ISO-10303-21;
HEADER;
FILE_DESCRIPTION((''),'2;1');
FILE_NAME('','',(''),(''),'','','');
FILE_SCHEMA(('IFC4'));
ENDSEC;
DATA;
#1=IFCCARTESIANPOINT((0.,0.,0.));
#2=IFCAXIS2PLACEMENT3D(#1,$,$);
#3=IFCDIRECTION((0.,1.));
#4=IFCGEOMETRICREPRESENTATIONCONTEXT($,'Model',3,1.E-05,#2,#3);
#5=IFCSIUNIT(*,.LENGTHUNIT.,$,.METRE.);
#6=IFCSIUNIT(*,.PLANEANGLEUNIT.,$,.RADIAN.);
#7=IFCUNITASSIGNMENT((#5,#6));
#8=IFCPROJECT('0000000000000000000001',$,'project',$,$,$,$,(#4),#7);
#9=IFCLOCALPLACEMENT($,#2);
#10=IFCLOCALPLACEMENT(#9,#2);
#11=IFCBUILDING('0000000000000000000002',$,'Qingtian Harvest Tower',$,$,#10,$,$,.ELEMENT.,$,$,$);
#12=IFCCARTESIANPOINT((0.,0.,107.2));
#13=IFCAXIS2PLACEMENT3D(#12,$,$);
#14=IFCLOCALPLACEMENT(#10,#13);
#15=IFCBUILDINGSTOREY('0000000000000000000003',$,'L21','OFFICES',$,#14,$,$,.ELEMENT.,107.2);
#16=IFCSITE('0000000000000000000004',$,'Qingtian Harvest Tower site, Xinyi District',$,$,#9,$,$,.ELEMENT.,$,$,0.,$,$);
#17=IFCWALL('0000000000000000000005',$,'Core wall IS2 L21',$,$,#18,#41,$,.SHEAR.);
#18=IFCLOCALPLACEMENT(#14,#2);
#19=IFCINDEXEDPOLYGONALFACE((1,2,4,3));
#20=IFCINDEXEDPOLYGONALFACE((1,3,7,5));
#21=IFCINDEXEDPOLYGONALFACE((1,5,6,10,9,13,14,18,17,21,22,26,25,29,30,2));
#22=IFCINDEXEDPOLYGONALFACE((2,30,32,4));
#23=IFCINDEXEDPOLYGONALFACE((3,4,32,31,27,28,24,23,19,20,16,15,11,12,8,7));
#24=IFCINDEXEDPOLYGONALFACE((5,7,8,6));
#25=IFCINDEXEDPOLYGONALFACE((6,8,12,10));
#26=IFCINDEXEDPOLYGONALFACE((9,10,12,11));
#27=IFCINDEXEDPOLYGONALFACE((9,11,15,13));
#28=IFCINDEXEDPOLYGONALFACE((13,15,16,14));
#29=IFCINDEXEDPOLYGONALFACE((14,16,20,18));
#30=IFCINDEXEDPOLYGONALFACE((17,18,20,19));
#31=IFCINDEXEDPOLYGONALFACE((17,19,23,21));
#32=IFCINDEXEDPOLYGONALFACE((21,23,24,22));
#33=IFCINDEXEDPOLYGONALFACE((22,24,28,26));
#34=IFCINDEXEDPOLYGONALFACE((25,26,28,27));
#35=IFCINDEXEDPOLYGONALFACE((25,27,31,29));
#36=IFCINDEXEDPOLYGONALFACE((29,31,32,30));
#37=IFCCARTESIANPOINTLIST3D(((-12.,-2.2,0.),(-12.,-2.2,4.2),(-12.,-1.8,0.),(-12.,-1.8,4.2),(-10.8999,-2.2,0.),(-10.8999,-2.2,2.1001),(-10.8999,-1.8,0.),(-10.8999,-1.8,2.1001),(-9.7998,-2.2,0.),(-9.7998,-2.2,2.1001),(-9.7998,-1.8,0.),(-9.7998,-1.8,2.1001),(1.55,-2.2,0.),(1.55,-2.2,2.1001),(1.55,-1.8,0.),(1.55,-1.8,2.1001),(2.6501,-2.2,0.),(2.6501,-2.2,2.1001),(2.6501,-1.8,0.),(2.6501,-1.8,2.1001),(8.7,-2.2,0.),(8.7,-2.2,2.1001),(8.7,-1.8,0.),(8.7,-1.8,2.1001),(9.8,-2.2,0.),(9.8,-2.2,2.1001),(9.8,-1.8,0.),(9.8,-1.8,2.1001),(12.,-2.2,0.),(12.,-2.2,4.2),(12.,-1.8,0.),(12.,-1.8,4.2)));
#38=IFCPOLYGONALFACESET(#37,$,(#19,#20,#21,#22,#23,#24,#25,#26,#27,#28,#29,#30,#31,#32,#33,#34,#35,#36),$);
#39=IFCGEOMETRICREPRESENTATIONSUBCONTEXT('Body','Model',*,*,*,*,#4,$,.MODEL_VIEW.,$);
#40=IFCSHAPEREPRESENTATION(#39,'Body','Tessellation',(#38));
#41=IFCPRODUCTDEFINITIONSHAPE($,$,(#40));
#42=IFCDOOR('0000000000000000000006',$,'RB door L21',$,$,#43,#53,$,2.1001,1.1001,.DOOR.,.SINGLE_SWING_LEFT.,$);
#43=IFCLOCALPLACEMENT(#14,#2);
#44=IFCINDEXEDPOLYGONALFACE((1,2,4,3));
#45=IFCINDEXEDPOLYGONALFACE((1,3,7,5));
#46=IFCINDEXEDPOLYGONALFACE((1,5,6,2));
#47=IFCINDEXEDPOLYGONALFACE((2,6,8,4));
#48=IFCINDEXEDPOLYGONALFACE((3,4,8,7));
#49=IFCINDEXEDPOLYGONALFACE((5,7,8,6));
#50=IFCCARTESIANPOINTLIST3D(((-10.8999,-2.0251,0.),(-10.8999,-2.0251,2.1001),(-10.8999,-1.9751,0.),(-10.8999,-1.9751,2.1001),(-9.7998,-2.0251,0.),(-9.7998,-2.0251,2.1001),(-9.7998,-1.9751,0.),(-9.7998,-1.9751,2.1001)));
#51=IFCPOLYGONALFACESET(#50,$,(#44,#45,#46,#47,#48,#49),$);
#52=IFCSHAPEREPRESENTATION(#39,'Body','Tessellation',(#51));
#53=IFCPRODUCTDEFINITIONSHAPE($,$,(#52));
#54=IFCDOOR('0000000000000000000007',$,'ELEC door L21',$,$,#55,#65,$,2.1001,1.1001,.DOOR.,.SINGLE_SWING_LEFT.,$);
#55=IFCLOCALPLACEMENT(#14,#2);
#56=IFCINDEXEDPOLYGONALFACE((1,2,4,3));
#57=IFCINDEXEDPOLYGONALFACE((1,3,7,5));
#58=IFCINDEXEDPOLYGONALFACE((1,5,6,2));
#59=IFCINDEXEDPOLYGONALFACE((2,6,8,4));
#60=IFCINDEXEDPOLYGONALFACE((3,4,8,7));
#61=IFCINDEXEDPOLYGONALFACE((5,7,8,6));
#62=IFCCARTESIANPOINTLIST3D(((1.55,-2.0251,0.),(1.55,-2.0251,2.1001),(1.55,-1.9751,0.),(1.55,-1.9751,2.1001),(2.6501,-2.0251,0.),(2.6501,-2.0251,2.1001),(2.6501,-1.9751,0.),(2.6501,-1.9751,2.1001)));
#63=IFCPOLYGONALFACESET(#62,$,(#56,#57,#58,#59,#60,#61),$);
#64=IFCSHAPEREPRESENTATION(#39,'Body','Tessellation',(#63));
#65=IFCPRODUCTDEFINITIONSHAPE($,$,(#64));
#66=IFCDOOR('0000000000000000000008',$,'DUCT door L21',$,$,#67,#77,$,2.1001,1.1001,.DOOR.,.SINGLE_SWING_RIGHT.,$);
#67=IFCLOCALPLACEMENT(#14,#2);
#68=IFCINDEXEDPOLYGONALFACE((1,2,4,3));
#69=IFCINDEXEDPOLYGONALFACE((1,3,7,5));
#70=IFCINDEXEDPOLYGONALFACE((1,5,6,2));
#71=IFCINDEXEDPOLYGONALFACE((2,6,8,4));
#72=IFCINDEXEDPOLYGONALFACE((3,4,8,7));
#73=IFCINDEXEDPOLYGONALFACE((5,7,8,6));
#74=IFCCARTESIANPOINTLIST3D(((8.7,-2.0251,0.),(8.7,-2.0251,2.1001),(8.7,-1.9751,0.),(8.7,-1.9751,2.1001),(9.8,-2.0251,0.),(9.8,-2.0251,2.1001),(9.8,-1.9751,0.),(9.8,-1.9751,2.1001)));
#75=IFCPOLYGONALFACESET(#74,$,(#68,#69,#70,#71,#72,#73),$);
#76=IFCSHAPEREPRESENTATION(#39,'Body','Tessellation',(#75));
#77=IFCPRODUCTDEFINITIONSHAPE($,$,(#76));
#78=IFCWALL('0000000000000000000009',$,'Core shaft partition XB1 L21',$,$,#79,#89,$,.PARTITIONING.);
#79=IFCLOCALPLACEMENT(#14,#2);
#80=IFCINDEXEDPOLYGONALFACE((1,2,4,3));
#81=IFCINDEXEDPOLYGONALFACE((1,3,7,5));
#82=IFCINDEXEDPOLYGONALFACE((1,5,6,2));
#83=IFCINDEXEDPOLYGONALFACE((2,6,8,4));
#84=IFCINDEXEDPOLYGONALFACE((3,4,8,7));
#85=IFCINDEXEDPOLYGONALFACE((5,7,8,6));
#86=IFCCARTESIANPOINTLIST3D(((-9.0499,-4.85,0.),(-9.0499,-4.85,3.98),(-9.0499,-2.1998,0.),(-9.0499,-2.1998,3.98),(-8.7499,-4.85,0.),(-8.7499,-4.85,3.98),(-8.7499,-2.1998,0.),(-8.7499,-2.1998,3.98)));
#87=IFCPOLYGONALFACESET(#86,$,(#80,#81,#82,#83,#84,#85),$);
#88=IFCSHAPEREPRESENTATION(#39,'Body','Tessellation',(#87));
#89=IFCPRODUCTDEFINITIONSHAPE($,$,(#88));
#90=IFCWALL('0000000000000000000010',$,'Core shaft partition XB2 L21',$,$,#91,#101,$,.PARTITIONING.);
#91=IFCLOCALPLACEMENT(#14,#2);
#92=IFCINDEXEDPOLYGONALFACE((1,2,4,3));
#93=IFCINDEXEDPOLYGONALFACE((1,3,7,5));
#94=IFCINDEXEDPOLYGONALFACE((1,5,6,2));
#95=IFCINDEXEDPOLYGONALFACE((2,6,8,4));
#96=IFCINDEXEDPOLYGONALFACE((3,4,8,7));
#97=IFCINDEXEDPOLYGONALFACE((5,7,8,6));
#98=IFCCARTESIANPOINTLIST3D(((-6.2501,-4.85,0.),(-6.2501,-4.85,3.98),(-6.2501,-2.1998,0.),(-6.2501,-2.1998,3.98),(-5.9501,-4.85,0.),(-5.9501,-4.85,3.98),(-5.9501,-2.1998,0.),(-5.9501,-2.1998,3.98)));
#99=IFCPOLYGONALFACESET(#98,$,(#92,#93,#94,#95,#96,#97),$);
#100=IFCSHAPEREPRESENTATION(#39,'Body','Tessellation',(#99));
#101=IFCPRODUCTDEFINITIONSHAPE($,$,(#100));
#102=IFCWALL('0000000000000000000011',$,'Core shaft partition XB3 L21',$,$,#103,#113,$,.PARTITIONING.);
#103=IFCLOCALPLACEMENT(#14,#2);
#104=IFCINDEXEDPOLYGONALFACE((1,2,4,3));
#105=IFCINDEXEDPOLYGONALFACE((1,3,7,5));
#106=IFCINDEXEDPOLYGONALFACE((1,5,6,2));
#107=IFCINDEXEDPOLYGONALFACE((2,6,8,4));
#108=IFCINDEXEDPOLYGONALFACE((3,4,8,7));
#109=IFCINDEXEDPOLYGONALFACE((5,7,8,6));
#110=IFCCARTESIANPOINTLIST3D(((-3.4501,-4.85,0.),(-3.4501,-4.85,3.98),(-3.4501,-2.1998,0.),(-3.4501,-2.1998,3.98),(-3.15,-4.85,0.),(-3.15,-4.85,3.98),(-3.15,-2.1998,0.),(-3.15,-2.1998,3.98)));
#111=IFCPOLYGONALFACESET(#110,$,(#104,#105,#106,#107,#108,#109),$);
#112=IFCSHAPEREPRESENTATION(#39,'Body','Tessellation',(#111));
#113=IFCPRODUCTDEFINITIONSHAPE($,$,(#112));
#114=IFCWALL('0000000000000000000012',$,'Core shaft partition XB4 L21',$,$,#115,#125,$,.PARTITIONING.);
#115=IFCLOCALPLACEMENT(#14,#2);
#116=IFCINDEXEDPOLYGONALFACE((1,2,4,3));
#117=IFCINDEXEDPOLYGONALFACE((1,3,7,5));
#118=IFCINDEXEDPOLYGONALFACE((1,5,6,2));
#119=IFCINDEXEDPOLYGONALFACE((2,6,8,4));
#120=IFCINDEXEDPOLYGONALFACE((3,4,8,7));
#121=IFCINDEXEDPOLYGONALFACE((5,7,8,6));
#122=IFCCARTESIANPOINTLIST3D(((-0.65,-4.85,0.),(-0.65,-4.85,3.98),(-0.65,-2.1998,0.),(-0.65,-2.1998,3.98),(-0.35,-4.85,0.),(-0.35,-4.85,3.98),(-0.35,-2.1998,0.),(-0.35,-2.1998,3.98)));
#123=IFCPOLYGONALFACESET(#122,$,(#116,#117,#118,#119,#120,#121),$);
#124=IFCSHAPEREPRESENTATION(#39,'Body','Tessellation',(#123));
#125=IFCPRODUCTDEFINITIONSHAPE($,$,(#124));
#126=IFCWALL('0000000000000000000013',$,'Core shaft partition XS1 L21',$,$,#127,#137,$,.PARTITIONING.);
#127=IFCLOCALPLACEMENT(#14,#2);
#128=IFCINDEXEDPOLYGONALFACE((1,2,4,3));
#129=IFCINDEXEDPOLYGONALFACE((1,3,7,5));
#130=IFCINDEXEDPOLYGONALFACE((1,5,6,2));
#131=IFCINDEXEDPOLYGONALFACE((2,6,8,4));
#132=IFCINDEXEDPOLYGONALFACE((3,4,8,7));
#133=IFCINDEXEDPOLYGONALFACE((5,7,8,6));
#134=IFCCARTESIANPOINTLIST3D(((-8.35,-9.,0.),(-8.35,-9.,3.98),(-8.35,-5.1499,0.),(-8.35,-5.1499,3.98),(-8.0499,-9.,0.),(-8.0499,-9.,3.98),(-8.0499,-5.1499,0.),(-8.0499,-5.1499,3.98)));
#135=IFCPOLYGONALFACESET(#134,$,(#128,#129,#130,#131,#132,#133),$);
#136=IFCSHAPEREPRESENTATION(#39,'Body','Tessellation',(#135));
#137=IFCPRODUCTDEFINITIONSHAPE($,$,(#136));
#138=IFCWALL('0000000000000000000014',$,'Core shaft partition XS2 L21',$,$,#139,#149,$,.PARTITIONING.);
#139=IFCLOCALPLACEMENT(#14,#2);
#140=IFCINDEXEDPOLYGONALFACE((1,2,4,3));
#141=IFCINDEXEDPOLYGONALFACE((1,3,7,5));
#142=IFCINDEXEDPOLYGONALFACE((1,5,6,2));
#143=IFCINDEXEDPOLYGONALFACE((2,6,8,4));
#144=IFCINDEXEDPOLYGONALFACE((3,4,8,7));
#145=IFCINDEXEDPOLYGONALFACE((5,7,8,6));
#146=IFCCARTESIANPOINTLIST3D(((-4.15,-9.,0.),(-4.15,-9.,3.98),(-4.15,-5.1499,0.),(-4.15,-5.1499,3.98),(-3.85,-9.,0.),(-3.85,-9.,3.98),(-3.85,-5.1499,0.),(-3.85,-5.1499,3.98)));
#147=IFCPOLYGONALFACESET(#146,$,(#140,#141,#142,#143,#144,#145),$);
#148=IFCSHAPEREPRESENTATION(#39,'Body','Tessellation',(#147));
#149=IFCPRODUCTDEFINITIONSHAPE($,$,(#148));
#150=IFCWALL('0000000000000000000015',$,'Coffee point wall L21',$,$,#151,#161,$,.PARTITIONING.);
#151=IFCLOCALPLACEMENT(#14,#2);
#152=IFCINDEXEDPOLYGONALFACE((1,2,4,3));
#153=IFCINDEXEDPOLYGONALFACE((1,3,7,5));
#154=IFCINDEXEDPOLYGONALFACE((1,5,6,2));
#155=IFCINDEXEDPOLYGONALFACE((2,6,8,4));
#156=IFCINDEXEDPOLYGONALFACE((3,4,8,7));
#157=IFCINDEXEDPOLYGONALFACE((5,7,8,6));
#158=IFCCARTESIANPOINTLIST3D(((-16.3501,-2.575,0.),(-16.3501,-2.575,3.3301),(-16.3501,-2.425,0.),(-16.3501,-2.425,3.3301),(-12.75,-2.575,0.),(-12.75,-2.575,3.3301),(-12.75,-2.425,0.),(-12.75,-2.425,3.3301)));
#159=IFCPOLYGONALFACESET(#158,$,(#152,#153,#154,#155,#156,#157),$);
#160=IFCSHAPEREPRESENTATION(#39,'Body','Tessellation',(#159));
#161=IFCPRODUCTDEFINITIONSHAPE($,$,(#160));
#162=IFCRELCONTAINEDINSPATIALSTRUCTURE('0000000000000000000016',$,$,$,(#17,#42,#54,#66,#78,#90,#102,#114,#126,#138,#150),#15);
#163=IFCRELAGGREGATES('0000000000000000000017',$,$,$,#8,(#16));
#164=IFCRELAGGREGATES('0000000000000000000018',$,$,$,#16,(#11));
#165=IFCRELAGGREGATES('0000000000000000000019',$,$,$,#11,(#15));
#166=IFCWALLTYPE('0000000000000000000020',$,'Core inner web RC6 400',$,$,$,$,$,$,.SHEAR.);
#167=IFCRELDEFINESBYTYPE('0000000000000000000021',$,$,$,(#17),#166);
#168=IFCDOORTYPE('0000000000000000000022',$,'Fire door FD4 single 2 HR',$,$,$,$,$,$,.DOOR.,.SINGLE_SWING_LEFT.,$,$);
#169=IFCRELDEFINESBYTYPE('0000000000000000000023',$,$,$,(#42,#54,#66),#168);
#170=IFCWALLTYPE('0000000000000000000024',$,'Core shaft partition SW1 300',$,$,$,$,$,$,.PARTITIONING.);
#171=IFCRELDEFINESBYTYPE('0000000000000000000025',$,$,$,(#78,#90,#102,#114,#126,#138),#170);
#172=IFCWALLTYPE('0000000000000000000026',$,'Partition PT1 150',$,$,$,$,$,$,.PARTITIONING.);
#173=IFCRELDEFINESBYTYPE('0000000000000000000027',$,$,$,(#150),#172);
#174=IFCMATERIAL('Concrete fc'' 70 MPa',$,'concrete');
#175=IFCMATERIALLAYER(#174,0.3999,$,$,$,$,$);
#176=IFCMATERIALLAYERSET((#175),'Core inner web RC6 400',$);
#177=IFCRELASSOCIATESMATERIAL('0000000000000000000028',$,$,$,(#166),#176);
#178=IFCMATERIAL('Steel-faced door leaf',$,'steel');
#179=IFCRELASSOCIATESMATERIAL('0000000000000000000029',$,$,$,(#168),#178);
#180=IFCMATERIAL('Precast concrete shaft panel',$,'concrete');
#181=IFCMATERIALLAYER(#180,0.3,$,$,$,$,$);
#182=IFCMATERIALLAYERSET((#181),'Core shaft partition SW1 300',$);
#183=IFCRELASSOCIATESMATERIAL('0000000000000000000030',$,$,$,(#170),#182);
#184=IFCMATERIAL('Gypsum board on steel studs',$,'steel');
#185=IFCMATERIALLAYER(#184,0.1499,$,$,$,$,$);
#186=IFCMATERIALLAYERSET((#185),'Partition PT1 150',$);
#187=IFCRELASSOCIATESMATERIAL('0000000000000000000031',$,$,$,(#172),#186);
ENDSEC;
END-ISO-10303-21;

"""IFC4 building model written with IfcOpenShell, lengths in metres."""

from ifc_helpers import new_model, si_unit, direction, frame, frame_2d, origin, place, context, subcontext, project, spatial, rectangle, extrude, material, layer, layer_set, type_object, element, fill, save


model = new_model("IFC4")

# Units and contexts
model_context = context("Model", 3, precision=1e-05, world=origin(), true_north=direction((0.0, 1.0)))
body_context = subcontext(model_context, "Body", "Model", "MODEL_VIEW")
ifc_project = project(units=[si_unit("LENGTHUNIT", "METRE"), si_unit("PLANEANGLEUNIT", "RADIAN")], contexts=[model_context])

# Site, building, storey
site_placement = place(None, origin())
site = spatial("IfcSite", under=ifc_project, at=site_placement, Name="Qingtian Harvest Tower site, Xinyi District", CompositionType="ELEMENT", RefElevation=0.0)
building_placement = place(site_placement, origin())
building = spatial("IfcBuilding", under=site, at=building_placement, Name="Qingtian Harvest Tower", CompositionType="ELEMENT")
storey_placement = place(building_placement, frame((0.0, 0.0, 107.2)))
storey = spatial("IfcBuildingStorey", under=building, at=storey_placement, Name="L21", Description="OFFICES", CompositionType="ELEMENT", Elevation=107.2)

# Wall, openings, doors
ifc_material_1 = material(Name="Concrete fc' 70 MPa", Category="concrete")
ifc_layer_1 = layer(ifc_material_1, 0.3999)
ifc_layer_set_1 = layer_set([ifc_layer_1], Name="Core inner web RC6 400")
wall_type_1 = type_object("IfcWallType", Name="Core inner web RC6 400", PredefinedType="SHEAR", material=ifc_layer_set_1)
wall_1_placement = place(storey_placement, frame((-12.0, -2.0, 0.0), z_axis=(0.0, 0.0, 1.0), x_axis=(1.0, 0.0, 0.0)))
wall_1 = element("IfcWall", 1, at=wall_1_placement, inside=storey, type_object=wall_type_1, Name="Core wall IS2 L21", PredefinedType="SHEAR", context=body_context, shape_type="SweptSolid", body=[
    extrude(rectangle(XDim=24.0, YDim=0.3999, at=frame_2d((12.0, 0.0))), origin(), (0.0, 0.0, 1.0), 4.2),
])
opening_1_placement = place(wall_1_placement, frame((1.1001, 0.0, 0.0)))
opening_1 = element("IfcOpeningElement", 2, at=opening_1_placement, cuts=wall_1, PredefinedType="OPENING", context=body_context, shape_type="SweptSolid", body=[
    extrude(rectangle(XDim=1.1001, YDim=2.1001, at=frame_2d((0.55, 1.05))), frame((0.0, 0.21, 0.0), z_axis=(0.0, -1.0, 0.0), x_axis=(1.0, 0.0, 0.0)), (0.0, 0.0, 1.0), 0.4199),
])
opening_2_placement = place(wall_1_placement, frame((13.55, 0.0, 0.0)))
opening_2 = element("IfcOpeningElement", 3, at=opening_2_placement, cuts=wall_1, PredefinedType="OPENING", context=body_context, shape_type="SweptSolid", body=[
    extrude(rectangle(XDim=1.1001, YDim=2.1001, at=frame_2d((0.55, 1.05))), frame((0.0, 0.21, 0.0), z_axis=(0.0, -1.0, 0.0), x_axis=(1.0, 0.0, 0.0)), (0.0, 0.0, 1.0), 0.4199),
])
opening_3_placement = place(wall_1_placement, frame((20.7, 0.0, 0.0)))
opening_3 = element("IfcOpeningElement", 4, at=opening_3_placement, cuts=wall_1, PredefinedType="OPENING", context=body_context, shape_type="SweptSolid", body=[
    extrude(rectangle(XDim=1.1001, YDim=2.1001, at=frame_2d((0.55, 1.05))), frame((0.0, 0.21, 0.0), z_axis=(0.0, -1.0, 0.0), x_axis=(1.0, 0.0, 0.0)), (0.0, 0.0, 1.0), 0.4199),
])
ifc_material_2 = material(Name="Steel-faced door leaf", Category="steel")
door_type_1 = type_object("IfcDoorType", Name="Fire door FD4 single 2 HR", OperationType="SINGLE_SWING_LEFT", PredefinedType="DOOR", material=ifc_material_2)
door_1_placement = place(opening_1_placement, origin())
door_1 = element("IfcDoor", 5, at=door_1_placement, inside=storey, type_object=door_type_1, Name="RB door L21", OperationType="SINGLE_SWING_LEFT", OverallHeight=2.1001, OverallWidth=1.1001, PredefinedType="DOOR", context=body_context, shape_type="SweptSolid", body=[
    extrude(rectangle(XDim=1.1001, YDim=2.1001, at=frame_2d((0.55, 1.05))), frame((0.0, 0.0249, 0.0), z_axis=(0.0, -1.0, 0.0), x_axis=(1.0, 0.0, 0.0)), (0.0, 0.0, 1.0), 0.05),
])
fill(opening_1, door_1)
door_2_placement = place(opening_2_placement, origin())
door_2 = element("IfcDoor", 6, at=door_2_placement, inside=storey, type_object=door_type_1, Name="ELEC door L21", OperationType="SINGLE_SWING_LEFT", OverallHeight=2.1001, OverallWidth=1.1001, PredefinedType="DOOR", context=body_context, shape_type="SweptSolid", body=[
    extrude(rectangle(XDim=1.1001, YDim=2.1001, at=frame_2d((0.55, 1.05))), frame((0.0, 0.0249, 0.0), z_axis=(0.0, -1.0, 0.0), x_axis=(1.0, 0.0, 0.0)), (0.0, 0.0, 1.0), 0.05),
])
fill(opening_2, door_2)
door_3_placement = place(opening_3_placement, origin())
door_3 = element("IfcDoor", 7, at=door_3_placement, inside=storey, type_object=door_type_1, Name="DUCT door L21", OperationType="SINGLE_SWING_RIGHT", OverallHeight=2.1001, OverallWidth=1.1001, PredefinedType="DOOR", context=body_context, shape_type="SweptSolid", body=[
    extrude(rectangle(XDim=1.1001, YDim=2.1001, at=frame_2d((0.55, 1.05))), frame((0.0, 0.0249, 0.0), z_axis=(0.0, -1.0, 0.0), x_axis=(1.0, 0.0, 0.0)), (0.0, 0.0, 1.0), 0.05),
])
fill(opening_3, door_3)

# Walls
ifc_material_3 = material(Name="Precast concrete shaft panel", Category="concrete")
ifc_layer_2 = layer(ifc_material_3, 0.3)
ifc_layer_set_2 = layer_set([ifc_layer_2], Name="Core shaft partition SW1 300")
wall_type_2 = type_object("IfcWallType", Name="Core shaft partition SW1 300", PredefinedType="PARTITIONING", material=ifc_layer_set_2)
for number, where, z_axis, x_axis, name in (
    (8, (-8.8999, -4.8501, 0.0), (0.0, 0.0, 1.0), (0.0, 1.0, 0.0), "Core shaft partition XB1 L21"),
    (9, (-6.1001, -4.8501, 0.0), (0.0, 0.0, 1.0), (0.0, 1.0, 0.0), "Core shaft partition XB2 L21"),
    (10, (-3.3, -4.8501, 0.0), (0.0, 0.0, 1.0), (0.0, 1.0, 0.0), "Core shaft partition XB3 L21"),
    (11, (-0.5, -4.8501, 0.0), (0.0, 0.0, 1.0), (0.0, 1.0, 0.0), "Core shaft partition XB4 L21"),
):
    element("IfcWall", number, at=place(storey_placement, frame(where, z_axis=z_axis, x_axis=x_axis)), inside=storey, type_object=wall_type_2, Name=name, PredefinedType="PARTITIONING", context=body_context, shape_type="SweptSolid", body=[
        extrude(rectangle(XDim=2.6501, YDim=0.3, at=frame_2d((1.3252, 0.0))), origin(), (0.0, 0.0, 1.0), 3.98),
    ])
for number, where, z_axis, x_axis, name in (
    (12, (-8.2, -9.0, 0.0), (0.0, 0.0, 1.0), (0.0, 1.0, 0.0), "Core shaft partition XS1 L21"),
    (13, (-4.0, -9.0, 0.0), (0.0, 0.0, 1.0), (0.0, 1.0, 0.0), "Core shaft partition XS2 L21"),
):
    element("IfcWall", number, at=place(storey_placement, frame(where, z_axis=z_axis, x_axis=x_axis)), inside=storey, type_object=wall_type_2, Name=name, PredefinedType="PARTITIONING", context=body_context, shape_type="SweptSolid", body=[
        extrude(rectangle(XDim=3.8501, YDim=0.3, at=frame_2d((1.925, 0.0))), origin(), (0.0, 0.0, 1.0), 3.98),
    ])

# Wall
ifc_material_4 = material(Name="Gypsum board on steel studs", Category="steel")
ifc_layer_3 = layer(ifc_material_4, 0.1499)
ifc_layer_set_3 = layer_set([ifc_layer_3], Name="Partition PT1 150")
wall_type_3 = type_object("IfcWallType", Name="Partition PT1 150", PredefinedType="PARTITIONING", material=ifc_layer_set_3)
wall_2_placement = place(storey_placement, frame((-12.75, -2.5, 0.0), z_axis=(0.0, 0.0, 1.0), x_axis=(-1.0, 0.0, 0.0)))
element("IfcWall", 14, at=wall_2_placement, inside=storey, type_object=wall_type_3, Name="Coffee point wall L21", PredefinedType="PARTITIONING", context=body_context, shape_type="SweptSolid", body=[
    extrude(rectangle(XDim=3.6001, YDim=0.1499, at=frame_2d((1.8, 0.0))), origin(), (0.0, 0.0, 1.0), 3.3301),
])

save(model, "model.ifc")
